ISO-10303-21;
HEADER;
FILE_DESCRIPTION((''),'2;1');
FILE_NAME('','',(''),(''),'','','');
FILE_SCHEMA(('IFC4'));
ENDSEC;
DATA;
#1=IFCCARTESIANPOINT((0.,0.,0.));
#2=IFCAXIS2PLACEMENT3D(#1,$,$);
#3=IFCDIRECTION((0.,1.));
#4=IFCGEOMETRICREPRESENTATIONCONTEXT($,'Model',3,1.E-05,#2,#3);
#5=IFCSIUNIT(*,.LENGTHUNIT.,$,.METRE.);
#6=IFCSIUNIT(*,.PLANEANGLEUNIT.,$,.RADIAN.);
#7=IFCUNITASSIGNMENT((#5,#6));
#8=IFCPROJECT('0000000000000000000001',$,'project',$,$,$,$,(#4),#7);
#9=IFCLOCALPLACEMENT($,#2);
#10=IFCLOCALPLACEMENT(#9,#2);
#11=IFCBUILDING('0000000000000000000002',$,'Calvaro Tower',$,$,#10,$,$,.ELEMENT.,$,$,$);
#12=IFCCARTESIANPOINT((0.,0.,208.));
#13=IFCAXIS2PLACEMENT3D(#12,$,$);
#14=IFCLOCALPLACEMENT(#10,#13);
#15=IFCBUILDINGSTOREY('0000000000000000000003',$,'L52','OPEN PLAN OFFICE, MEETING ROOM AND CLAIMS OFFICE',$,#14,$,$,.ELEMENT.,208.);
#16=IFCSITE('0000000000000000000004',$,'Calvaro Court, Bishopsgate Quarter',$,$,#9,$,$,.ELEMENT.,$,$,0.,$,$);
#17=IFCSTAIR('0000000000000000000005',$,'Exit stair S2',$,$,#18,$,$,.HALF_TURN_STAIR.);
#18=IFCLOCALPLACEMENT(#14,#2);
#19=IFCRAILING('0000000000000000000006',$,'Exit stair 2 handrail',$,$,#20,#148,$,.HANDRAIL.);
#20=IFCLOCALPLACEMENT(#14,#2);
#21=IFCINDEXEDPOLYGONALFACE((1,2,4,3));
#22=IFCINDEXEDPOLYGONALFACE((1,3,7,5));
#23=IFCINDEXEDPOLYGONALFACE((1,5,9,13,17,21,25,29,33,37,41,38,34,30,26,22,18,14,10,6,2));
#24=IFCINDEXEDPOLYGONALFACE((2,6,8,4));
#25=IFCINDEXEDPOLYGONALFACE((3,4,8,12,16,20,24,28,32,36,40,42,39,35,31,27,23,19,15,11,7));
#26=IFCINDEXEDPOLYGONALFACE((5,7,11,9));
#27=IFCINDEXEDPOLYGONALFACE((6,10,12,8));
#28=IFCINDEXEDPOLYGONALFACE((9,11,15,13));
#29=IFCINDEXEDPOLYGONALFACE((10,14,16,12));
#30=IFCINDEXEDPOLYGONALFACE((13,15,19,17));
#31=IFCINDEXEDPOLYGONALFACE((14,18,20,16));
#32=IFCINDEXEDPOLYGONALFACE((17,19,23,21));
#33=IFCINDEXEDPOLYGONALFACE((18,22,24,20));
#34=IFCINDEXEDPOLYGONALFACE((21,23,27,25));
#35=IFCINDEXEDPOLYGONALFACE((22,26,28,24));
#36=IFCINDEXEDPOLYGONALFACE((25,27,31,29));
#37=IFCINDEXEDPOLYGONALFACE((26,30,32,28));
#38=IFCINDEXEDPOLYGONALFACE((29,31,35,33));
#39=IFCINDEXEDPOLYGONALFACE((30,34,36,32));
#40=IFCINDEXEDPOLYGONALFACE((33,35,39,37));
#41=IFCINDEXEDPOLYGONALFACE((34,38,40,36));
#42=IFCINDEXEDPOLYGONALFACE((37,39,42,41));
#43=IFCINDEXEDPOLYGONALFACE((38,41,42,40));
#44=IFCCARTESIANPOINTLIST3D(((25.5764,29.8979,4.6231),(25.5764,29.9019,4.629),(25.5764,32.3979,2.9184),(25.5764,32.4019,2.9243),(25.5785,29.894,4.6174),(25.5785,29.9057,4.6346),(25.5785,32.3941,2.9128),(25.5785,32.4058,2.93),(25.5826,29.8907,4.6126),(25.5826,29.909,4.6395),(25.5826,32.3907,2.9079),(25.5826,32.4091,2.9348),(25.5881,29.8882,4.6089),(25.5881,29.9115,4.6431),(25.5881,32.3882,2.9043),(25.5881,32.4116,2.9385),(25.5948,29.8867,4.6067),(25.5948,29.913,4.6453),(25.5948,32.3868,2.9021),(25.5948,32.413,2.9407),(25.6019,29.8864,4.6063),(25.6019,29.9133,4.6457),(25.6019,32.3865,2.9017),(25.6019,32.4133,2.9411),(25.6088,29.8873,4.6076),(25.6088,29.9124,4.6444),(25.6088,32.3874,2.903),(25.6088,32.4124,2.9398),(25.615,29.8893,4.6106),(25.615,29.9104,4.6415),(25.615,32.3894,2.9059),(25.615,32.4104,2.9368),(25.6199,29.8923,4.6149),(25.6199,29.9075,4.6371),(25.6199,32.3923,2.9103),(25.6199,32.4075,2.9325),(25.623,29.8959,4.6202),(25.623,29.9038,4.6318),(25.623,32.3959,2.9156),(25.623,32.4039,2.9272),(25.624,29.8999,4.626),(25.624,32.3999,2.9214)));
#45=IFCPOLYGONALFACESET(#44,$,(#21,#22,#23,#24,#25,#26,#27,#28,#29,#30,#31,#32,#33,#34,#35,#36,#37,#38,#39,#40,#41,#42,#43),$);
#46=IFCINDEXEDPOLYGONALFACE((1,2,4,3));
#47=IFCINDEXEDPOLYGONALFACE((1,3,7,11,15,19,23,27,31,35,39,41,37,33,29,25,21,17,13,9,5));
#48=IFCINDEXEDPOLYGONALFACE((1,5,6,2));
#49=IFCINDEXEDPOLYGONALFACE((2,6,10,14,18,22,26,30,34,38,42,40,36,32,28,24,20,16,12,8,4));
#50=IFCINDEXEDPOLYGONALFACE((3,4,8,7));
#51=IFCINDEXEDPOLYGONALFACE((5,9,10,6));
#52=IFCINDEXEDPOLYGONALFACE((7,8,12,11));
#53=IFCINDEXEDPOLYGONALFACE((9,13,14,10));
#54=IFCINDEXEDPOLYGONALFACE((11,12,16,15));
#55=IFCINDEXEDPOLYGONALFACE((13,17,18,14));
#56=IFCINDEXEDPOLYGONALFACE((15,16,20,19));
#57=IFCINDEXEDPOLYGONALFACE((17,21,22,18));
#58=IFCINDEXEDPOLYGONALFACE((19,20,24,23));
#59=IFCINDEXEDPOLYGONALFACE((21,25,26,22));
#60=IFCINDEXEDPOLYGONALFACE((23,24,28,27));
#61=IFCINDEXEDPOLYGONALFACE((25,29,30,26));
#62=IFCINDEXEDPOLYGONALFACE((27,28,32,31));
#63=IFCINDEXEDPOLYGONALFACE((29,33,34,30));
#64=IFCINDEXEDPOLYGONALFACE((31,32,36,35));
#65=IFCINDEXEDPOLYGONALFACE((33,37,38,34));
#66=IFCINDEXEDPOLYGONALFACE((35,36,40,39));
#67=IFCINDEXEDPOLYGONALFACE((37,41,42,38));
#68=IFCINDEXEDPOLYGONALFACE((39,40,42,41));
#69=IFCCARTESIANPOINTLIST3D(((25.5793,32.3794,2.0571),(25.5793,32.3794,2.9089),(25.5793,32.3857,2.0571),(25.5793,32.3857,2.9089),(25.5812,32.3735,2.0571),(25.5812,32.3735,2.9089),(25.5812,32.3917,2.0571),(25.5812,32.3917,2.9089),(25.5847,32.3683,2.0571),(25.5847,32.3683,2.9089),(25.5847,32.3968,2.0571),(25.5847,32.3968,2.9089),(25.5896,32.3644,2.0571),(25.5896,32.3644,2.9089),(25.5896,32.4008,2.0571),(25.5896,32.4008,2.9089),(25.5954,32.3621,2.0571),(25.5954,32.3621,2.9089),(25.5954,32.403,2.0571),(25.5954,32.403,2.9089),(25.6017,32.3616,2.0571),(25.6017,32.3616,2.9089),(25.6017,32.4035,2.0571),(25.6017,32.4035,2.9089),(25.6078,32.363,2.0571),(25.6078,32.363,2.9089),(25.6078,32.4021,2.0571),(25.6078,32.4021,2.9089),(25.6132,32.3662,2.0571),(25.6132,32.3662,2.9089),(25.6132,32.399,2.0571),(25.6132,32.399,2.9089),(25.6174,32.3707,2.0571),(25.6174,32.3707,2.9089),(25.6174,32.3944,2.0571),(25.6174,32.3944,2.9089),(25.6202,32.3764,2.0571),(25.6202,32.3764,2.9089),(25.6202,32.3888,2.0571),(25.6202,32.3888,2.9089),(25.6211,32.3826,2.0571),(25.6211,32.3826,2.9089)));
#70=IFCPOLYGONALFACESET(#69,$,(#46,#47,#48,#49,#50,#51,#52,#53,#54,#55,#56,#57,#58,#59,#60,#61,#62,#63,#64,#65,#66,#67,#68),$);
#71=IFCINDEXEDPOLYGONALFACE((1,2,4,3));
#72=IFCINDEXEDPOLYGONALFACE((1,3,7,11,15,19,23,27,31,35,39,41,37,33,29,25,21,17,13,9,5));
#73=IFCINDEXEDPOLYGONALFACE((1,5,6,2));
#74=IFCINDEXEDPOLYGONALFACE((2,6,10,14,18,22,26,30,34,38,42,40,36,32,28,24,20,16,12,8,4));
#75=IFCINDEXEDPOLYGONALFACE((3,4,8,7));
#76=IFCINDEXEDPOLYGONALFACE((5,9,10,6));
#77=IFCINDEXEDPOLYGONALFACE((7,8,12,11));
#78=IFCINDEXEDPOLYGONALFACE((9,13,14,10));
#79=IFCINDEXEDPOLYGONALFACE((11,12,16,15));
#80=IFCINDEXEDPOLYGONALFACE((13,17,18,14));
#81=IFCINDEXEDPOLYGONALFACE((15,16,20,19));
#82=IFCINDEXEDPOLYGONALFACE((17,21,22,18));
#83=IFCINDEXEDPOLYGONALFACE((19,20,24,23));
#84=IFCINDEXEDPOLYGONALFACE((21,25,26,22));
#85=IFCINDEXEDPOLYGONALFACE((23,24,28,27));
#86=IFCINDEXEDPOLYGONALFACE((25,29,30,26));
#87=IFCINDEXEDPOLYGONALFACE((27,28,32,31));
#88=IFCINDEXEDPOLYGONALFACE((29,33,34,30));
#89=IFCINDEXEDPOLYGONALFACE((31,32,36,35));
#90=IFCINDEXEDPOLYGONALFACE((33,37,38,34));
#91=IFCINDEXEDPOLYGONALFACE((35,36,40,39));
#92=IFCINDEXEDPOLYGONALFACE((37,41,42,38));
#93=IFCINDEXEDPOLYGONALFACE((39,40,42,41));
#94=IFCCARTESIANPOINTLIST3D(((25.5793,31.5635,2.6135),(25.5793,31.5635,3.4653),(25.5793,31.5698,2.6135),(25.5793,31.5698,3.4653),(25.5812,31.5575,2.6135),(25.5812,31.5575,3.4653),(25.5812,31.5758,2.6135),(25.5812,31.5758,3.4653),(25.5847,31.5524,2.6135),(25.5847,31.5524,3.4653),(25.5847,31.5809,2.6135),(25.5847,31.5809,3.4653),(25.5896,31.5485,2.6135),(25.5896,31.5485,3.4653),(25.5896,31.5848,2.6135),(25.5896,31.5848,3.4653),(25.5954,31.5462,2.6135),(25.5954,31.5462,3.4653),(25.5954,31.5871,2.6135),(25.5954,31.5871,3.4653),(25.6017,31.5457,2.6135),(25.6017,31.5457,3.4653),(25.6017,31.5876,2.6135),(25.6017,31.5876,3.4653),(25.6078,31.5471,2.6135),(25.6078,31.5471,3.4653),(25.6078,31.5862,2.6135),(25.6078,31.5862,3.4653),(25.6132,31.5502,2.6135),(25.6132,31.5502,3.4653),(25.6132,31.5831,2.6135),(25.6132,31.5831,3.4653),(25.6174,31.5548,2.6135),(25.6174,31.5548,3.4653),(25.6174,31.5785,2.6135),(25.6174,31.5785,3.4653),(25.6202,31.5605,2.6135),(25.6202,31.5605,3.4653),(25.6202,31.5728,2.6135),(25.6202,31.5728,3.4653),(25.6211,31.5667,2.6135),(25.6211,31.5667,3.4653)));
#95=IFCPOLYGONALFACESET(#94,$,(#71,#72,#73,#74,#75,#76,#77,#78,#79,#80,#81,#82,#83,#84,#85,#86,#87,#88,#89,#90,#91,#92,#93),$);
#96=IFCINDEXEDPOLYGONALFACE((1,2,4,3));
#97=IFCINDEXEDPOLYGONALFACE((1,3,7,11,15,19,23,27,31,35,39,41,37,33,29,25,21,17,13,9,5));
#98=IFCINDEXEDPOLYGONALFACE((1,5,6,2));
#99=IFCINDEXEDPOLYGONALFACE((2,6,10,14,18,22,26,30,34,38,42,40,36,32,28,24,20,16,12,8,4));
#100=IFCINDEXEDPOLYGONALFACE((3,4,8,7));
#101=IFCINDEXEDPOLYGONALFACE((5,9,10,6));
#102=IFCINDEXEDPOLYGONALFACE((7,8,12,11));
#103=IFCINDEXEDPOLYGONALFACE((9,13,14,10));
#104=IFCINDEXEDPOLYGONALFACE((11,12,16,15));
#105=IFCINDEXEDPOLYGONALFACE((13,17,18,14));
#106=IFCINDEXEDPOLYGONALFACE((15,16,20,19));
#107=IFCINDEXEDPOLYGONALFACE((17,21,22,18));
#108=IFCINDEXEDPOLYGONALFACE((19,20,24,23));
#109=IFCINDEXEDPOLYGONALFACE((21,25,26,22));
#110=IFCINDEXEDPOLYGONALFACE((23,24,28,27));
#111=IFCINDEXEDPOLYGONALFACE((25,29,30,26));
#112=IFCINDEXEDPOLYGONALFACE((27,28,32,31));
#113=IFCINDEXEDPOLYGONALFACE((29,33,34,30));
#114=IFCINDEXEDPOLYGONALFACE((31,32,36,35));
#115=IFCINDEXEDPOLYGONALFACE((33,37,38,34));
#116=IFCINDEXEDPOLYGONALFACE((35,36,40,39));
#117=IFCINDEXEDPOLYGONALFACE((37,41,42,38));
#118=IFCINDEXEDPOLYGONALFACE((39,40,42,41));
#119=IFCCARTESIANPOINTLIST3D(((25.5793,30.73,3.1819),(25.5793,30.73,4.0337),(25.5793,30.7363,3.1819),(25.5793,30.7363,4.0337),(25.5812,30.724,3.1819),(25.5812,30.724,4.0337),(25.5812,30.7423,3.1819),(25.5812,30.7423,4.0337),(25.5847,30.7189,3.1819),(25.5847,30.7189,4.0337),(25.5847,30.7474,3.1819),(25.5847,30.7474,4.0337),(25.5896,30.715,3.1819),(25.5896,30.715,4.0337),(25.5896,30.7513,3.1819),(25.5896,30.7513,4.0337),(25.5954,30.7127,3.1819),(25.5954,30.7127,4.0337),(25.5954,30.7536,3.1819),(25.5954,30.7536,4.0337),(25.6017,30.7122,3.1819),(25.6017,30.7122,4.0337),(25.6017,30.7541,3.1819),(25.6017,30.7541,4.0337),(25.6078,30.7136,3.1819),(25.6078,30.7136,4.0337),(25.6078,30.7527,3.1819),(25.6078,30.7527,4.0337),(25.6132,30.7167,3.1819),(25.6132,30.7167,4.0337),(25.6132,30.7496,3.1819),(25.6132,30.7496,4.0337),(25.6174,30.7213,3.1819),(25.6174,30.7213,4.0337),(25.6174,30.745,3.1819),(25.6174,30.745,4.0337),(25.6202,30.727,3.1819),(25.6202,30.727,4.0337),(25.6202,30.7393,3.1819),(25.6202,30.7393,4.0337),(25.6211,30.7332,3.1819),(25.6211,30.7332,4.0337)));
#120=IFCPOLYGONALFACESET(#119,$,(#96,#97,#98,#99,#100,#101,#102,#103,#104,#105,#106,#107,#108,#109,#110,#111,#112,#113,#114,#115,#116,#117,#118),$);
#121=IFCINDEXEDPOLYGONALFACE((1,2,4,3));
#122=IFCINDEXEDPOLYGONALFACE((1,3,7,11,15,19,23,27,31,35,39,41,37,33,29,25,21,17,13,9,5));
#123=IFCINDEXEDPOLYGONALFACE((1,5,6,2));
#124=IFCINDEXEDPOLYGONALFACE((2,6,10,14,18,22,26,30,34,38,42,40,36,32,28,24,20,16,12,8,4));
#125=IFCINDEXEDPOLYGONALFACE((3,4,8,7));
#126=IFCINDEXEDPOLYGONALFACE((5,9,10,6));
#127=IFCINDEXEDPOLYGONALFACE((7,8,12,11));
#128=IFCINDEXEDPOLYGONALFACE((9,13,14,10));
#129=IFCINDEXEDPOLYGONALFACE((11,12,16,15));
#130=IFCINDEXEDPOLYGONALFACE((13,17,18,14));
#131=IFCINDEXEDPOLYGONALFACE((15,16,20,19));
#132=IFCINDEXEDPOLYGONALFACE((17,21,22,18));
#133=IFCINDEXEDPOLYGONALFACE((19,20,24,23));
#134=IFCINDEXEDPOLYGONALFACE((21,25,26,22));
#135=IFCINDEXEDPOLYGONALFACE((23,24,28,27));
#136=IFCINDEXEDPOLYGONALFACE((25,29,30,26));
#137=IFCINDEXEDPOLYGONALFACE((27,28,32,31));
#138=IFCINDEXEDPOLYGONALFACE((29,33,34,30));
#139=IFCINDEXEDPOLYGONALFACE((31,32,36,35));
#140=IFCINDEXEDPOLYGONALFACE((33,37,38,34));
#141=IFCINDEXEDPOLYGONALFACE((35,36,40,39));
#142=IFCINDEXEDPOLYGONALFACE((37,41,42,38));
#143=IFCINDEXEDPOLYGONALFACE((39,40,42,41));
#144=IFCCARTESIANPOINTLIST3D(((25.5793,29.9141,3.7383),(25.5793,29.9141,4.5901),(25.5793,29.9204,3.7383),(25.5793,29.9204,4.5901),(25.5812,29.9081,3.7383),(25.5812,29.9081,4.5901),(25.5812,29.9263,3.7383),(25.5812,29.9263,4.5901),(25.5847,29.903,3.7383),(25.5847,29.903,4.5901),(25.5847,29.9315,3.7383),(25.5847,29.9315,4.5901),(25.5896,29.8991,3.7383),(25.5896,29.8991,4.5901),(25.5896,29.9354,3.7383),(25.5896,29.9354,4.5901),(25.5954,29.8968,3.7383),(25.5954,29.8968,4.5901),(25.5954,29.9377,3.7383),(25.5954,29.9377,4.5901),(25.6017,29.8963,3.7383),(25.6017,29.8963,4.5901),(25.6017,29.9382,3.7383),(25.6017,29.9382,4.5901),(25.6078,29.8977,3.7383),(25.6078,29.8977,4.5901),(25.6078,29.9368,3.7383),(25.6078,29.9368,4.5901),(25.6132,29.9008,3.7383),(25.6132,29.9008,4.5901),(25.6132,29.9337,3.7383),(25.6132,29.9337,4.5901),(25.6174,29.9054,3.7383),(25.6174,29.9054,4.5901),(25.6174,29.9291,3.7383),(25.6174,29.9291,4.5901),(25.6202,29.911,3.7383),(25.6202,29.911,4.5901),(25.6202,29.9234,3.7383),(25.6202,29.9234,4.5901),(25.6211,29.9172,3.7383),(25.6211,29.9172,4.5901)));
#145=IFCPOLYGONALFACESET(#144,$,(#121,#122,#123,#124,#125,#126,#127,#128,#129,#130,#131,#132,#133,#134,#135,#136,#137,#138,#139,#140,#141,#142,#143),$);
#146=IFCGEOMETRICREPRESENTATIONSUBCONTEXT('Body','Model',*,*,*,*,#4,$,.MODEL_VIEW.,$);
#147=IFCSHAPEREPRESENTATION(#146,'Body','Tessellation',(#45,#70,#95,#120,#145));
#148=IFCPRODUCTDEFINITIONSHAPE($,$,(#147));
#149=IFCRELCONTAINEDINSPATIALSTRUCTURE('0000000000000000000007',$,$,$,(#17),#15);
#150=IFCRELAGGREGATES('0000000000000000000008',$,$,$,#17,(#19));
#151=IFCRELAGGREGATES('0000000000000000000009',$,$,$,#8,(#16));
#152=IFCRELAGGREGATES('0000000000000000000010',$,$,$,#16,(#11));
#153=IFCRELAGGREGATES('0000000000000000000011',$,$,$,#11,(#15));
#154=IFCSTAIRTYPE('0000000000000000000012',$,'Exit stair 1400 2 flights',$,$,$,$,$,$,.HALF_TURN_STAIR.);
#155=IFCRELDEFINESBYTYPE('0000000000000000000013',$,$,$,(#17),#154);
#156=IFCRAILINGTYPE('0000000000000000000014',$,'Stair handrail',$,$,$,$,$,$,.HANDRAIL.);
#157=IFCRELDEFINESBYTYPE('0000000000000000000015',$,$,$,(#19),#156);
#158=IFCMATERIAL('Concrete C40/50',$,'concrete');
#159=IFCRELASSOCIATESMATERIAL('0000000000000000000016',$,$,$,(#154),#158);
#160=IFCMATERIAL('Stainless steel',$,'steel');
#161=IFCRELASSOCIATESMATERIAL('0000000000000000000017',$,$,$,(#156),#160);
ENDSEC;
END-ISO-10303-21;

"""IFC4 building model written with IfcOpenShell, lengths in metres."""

from ifc_helpers import new_model, si_unit, direction, frame, origin, origin_2d, place, context, subcontext, project, spatial, circle, extrude, material, type_object, element, aggregate, save


model = new_model("IFC4")

# Units and contexts
model_context = context("Model", 3, precision=1e-05, world=origin(), true_north=direction((0.0, 1.0)))
body_context = subcontext(model_context, "Body", "Model", "MODEL_VIEW")
ifc_project = project(units=[si_unit("LENGTHUNIT", "METRE"), si_unit("PLANEANGLEUNIT", "RADIAN")], contexts=[model_context])

# Site, building, storey
site_placement = place(None, origin())
site = spatial("IfcSite", under=ifc_project, at=site_placement, Name="Calvaro Court, Bishopsgate Quarter", CompositionType="ELEMENT", RefElevation=0.0)
building_placement = place(site_placement, origin())
building = spatial("IfcBuilding", under=site, at=building_placement, Name="Calvaro Tower", CompositionType="ELEMENT")
storey_placement = place(building_placement, frame((0.0, 0.0, 208.0)))
storey = spatial("IfcBuildingStorey", under=building, at=storey_placement, Name="L52", Description="OPEN PLAN OFFICE, MEETING ROOM AND CLAIMS OFFICE", CompositionType="ELEMENT", Elevation=208.0)

# Stair, railing
ifc_material_1 = material(Name="Concrete C40/50", Category="concrete")
stair_type = type_object("IfcStairType", Name="Exit stair 1400 2 flights", PredefinedType="HALF_TURN_STAIR", material=ifc_material_1)
stair_placement = place(storey_placement, origin())
stair = element("IfcStair", 1, at=stair_placement, inside=storey, type_object=stair_type, Name="Exit stair S2", PredefinedType="HALF_TURN_STAIR")
ifc_material_2 = material(Name="Stainless steel", Category="steel")
railing_type = type_object("IfcRailingType", Name="Stair handrail", PredefinedType="HANDRAIL", material=ifc_material_2)
railing_1_placement = place(storey_placement, frame((25.6001, 32.3999, 2.0454)))
railing_1 = element("IfcRailing", 2, at=railing_1_placement, type_object=railing_type, Name="Exit stair 2 handrail", PredefinedType="HANDRAIL", context=body_context, shape_type="SweptSolid", body=[
    extrude(circle(Radius=0.0239, at=origin_2d()), frame((0.0, 0.0, 0.876), z_axis=(0.0, -0.826221, 0.563347), x_axis=(1.0, 0.0, 0.0)), (0.0, 0.0, 1.0), 3.0259),
    extrude(circle(Radius=0.021, at=origin_2d()), frame((0.0, -0.0173, 0.0117)), (0.0, 0.0, 1.0), 0.8518),
    extrude(circle(Radius=0.021, at=origin_2d()), frame((0.0, -0.8333, 0.5681)), (0.0, 0.0, 1.0), 0.8518),
    extrude(circle(Radius=0.021, at=origin_2d()), frame((0.0, -1.6667, 1.1365)), (0.0, 0.0, 1.0), 0.8518),
    extrude(circle(Radius=0.021, at=origin_2d()), frame((0.0, -2.4827, 1.6929)), (0.0, 0.0, 1.0), 0.8518),
])
aggregate(stair, [railing_1])

save(model, "model.ifc")
